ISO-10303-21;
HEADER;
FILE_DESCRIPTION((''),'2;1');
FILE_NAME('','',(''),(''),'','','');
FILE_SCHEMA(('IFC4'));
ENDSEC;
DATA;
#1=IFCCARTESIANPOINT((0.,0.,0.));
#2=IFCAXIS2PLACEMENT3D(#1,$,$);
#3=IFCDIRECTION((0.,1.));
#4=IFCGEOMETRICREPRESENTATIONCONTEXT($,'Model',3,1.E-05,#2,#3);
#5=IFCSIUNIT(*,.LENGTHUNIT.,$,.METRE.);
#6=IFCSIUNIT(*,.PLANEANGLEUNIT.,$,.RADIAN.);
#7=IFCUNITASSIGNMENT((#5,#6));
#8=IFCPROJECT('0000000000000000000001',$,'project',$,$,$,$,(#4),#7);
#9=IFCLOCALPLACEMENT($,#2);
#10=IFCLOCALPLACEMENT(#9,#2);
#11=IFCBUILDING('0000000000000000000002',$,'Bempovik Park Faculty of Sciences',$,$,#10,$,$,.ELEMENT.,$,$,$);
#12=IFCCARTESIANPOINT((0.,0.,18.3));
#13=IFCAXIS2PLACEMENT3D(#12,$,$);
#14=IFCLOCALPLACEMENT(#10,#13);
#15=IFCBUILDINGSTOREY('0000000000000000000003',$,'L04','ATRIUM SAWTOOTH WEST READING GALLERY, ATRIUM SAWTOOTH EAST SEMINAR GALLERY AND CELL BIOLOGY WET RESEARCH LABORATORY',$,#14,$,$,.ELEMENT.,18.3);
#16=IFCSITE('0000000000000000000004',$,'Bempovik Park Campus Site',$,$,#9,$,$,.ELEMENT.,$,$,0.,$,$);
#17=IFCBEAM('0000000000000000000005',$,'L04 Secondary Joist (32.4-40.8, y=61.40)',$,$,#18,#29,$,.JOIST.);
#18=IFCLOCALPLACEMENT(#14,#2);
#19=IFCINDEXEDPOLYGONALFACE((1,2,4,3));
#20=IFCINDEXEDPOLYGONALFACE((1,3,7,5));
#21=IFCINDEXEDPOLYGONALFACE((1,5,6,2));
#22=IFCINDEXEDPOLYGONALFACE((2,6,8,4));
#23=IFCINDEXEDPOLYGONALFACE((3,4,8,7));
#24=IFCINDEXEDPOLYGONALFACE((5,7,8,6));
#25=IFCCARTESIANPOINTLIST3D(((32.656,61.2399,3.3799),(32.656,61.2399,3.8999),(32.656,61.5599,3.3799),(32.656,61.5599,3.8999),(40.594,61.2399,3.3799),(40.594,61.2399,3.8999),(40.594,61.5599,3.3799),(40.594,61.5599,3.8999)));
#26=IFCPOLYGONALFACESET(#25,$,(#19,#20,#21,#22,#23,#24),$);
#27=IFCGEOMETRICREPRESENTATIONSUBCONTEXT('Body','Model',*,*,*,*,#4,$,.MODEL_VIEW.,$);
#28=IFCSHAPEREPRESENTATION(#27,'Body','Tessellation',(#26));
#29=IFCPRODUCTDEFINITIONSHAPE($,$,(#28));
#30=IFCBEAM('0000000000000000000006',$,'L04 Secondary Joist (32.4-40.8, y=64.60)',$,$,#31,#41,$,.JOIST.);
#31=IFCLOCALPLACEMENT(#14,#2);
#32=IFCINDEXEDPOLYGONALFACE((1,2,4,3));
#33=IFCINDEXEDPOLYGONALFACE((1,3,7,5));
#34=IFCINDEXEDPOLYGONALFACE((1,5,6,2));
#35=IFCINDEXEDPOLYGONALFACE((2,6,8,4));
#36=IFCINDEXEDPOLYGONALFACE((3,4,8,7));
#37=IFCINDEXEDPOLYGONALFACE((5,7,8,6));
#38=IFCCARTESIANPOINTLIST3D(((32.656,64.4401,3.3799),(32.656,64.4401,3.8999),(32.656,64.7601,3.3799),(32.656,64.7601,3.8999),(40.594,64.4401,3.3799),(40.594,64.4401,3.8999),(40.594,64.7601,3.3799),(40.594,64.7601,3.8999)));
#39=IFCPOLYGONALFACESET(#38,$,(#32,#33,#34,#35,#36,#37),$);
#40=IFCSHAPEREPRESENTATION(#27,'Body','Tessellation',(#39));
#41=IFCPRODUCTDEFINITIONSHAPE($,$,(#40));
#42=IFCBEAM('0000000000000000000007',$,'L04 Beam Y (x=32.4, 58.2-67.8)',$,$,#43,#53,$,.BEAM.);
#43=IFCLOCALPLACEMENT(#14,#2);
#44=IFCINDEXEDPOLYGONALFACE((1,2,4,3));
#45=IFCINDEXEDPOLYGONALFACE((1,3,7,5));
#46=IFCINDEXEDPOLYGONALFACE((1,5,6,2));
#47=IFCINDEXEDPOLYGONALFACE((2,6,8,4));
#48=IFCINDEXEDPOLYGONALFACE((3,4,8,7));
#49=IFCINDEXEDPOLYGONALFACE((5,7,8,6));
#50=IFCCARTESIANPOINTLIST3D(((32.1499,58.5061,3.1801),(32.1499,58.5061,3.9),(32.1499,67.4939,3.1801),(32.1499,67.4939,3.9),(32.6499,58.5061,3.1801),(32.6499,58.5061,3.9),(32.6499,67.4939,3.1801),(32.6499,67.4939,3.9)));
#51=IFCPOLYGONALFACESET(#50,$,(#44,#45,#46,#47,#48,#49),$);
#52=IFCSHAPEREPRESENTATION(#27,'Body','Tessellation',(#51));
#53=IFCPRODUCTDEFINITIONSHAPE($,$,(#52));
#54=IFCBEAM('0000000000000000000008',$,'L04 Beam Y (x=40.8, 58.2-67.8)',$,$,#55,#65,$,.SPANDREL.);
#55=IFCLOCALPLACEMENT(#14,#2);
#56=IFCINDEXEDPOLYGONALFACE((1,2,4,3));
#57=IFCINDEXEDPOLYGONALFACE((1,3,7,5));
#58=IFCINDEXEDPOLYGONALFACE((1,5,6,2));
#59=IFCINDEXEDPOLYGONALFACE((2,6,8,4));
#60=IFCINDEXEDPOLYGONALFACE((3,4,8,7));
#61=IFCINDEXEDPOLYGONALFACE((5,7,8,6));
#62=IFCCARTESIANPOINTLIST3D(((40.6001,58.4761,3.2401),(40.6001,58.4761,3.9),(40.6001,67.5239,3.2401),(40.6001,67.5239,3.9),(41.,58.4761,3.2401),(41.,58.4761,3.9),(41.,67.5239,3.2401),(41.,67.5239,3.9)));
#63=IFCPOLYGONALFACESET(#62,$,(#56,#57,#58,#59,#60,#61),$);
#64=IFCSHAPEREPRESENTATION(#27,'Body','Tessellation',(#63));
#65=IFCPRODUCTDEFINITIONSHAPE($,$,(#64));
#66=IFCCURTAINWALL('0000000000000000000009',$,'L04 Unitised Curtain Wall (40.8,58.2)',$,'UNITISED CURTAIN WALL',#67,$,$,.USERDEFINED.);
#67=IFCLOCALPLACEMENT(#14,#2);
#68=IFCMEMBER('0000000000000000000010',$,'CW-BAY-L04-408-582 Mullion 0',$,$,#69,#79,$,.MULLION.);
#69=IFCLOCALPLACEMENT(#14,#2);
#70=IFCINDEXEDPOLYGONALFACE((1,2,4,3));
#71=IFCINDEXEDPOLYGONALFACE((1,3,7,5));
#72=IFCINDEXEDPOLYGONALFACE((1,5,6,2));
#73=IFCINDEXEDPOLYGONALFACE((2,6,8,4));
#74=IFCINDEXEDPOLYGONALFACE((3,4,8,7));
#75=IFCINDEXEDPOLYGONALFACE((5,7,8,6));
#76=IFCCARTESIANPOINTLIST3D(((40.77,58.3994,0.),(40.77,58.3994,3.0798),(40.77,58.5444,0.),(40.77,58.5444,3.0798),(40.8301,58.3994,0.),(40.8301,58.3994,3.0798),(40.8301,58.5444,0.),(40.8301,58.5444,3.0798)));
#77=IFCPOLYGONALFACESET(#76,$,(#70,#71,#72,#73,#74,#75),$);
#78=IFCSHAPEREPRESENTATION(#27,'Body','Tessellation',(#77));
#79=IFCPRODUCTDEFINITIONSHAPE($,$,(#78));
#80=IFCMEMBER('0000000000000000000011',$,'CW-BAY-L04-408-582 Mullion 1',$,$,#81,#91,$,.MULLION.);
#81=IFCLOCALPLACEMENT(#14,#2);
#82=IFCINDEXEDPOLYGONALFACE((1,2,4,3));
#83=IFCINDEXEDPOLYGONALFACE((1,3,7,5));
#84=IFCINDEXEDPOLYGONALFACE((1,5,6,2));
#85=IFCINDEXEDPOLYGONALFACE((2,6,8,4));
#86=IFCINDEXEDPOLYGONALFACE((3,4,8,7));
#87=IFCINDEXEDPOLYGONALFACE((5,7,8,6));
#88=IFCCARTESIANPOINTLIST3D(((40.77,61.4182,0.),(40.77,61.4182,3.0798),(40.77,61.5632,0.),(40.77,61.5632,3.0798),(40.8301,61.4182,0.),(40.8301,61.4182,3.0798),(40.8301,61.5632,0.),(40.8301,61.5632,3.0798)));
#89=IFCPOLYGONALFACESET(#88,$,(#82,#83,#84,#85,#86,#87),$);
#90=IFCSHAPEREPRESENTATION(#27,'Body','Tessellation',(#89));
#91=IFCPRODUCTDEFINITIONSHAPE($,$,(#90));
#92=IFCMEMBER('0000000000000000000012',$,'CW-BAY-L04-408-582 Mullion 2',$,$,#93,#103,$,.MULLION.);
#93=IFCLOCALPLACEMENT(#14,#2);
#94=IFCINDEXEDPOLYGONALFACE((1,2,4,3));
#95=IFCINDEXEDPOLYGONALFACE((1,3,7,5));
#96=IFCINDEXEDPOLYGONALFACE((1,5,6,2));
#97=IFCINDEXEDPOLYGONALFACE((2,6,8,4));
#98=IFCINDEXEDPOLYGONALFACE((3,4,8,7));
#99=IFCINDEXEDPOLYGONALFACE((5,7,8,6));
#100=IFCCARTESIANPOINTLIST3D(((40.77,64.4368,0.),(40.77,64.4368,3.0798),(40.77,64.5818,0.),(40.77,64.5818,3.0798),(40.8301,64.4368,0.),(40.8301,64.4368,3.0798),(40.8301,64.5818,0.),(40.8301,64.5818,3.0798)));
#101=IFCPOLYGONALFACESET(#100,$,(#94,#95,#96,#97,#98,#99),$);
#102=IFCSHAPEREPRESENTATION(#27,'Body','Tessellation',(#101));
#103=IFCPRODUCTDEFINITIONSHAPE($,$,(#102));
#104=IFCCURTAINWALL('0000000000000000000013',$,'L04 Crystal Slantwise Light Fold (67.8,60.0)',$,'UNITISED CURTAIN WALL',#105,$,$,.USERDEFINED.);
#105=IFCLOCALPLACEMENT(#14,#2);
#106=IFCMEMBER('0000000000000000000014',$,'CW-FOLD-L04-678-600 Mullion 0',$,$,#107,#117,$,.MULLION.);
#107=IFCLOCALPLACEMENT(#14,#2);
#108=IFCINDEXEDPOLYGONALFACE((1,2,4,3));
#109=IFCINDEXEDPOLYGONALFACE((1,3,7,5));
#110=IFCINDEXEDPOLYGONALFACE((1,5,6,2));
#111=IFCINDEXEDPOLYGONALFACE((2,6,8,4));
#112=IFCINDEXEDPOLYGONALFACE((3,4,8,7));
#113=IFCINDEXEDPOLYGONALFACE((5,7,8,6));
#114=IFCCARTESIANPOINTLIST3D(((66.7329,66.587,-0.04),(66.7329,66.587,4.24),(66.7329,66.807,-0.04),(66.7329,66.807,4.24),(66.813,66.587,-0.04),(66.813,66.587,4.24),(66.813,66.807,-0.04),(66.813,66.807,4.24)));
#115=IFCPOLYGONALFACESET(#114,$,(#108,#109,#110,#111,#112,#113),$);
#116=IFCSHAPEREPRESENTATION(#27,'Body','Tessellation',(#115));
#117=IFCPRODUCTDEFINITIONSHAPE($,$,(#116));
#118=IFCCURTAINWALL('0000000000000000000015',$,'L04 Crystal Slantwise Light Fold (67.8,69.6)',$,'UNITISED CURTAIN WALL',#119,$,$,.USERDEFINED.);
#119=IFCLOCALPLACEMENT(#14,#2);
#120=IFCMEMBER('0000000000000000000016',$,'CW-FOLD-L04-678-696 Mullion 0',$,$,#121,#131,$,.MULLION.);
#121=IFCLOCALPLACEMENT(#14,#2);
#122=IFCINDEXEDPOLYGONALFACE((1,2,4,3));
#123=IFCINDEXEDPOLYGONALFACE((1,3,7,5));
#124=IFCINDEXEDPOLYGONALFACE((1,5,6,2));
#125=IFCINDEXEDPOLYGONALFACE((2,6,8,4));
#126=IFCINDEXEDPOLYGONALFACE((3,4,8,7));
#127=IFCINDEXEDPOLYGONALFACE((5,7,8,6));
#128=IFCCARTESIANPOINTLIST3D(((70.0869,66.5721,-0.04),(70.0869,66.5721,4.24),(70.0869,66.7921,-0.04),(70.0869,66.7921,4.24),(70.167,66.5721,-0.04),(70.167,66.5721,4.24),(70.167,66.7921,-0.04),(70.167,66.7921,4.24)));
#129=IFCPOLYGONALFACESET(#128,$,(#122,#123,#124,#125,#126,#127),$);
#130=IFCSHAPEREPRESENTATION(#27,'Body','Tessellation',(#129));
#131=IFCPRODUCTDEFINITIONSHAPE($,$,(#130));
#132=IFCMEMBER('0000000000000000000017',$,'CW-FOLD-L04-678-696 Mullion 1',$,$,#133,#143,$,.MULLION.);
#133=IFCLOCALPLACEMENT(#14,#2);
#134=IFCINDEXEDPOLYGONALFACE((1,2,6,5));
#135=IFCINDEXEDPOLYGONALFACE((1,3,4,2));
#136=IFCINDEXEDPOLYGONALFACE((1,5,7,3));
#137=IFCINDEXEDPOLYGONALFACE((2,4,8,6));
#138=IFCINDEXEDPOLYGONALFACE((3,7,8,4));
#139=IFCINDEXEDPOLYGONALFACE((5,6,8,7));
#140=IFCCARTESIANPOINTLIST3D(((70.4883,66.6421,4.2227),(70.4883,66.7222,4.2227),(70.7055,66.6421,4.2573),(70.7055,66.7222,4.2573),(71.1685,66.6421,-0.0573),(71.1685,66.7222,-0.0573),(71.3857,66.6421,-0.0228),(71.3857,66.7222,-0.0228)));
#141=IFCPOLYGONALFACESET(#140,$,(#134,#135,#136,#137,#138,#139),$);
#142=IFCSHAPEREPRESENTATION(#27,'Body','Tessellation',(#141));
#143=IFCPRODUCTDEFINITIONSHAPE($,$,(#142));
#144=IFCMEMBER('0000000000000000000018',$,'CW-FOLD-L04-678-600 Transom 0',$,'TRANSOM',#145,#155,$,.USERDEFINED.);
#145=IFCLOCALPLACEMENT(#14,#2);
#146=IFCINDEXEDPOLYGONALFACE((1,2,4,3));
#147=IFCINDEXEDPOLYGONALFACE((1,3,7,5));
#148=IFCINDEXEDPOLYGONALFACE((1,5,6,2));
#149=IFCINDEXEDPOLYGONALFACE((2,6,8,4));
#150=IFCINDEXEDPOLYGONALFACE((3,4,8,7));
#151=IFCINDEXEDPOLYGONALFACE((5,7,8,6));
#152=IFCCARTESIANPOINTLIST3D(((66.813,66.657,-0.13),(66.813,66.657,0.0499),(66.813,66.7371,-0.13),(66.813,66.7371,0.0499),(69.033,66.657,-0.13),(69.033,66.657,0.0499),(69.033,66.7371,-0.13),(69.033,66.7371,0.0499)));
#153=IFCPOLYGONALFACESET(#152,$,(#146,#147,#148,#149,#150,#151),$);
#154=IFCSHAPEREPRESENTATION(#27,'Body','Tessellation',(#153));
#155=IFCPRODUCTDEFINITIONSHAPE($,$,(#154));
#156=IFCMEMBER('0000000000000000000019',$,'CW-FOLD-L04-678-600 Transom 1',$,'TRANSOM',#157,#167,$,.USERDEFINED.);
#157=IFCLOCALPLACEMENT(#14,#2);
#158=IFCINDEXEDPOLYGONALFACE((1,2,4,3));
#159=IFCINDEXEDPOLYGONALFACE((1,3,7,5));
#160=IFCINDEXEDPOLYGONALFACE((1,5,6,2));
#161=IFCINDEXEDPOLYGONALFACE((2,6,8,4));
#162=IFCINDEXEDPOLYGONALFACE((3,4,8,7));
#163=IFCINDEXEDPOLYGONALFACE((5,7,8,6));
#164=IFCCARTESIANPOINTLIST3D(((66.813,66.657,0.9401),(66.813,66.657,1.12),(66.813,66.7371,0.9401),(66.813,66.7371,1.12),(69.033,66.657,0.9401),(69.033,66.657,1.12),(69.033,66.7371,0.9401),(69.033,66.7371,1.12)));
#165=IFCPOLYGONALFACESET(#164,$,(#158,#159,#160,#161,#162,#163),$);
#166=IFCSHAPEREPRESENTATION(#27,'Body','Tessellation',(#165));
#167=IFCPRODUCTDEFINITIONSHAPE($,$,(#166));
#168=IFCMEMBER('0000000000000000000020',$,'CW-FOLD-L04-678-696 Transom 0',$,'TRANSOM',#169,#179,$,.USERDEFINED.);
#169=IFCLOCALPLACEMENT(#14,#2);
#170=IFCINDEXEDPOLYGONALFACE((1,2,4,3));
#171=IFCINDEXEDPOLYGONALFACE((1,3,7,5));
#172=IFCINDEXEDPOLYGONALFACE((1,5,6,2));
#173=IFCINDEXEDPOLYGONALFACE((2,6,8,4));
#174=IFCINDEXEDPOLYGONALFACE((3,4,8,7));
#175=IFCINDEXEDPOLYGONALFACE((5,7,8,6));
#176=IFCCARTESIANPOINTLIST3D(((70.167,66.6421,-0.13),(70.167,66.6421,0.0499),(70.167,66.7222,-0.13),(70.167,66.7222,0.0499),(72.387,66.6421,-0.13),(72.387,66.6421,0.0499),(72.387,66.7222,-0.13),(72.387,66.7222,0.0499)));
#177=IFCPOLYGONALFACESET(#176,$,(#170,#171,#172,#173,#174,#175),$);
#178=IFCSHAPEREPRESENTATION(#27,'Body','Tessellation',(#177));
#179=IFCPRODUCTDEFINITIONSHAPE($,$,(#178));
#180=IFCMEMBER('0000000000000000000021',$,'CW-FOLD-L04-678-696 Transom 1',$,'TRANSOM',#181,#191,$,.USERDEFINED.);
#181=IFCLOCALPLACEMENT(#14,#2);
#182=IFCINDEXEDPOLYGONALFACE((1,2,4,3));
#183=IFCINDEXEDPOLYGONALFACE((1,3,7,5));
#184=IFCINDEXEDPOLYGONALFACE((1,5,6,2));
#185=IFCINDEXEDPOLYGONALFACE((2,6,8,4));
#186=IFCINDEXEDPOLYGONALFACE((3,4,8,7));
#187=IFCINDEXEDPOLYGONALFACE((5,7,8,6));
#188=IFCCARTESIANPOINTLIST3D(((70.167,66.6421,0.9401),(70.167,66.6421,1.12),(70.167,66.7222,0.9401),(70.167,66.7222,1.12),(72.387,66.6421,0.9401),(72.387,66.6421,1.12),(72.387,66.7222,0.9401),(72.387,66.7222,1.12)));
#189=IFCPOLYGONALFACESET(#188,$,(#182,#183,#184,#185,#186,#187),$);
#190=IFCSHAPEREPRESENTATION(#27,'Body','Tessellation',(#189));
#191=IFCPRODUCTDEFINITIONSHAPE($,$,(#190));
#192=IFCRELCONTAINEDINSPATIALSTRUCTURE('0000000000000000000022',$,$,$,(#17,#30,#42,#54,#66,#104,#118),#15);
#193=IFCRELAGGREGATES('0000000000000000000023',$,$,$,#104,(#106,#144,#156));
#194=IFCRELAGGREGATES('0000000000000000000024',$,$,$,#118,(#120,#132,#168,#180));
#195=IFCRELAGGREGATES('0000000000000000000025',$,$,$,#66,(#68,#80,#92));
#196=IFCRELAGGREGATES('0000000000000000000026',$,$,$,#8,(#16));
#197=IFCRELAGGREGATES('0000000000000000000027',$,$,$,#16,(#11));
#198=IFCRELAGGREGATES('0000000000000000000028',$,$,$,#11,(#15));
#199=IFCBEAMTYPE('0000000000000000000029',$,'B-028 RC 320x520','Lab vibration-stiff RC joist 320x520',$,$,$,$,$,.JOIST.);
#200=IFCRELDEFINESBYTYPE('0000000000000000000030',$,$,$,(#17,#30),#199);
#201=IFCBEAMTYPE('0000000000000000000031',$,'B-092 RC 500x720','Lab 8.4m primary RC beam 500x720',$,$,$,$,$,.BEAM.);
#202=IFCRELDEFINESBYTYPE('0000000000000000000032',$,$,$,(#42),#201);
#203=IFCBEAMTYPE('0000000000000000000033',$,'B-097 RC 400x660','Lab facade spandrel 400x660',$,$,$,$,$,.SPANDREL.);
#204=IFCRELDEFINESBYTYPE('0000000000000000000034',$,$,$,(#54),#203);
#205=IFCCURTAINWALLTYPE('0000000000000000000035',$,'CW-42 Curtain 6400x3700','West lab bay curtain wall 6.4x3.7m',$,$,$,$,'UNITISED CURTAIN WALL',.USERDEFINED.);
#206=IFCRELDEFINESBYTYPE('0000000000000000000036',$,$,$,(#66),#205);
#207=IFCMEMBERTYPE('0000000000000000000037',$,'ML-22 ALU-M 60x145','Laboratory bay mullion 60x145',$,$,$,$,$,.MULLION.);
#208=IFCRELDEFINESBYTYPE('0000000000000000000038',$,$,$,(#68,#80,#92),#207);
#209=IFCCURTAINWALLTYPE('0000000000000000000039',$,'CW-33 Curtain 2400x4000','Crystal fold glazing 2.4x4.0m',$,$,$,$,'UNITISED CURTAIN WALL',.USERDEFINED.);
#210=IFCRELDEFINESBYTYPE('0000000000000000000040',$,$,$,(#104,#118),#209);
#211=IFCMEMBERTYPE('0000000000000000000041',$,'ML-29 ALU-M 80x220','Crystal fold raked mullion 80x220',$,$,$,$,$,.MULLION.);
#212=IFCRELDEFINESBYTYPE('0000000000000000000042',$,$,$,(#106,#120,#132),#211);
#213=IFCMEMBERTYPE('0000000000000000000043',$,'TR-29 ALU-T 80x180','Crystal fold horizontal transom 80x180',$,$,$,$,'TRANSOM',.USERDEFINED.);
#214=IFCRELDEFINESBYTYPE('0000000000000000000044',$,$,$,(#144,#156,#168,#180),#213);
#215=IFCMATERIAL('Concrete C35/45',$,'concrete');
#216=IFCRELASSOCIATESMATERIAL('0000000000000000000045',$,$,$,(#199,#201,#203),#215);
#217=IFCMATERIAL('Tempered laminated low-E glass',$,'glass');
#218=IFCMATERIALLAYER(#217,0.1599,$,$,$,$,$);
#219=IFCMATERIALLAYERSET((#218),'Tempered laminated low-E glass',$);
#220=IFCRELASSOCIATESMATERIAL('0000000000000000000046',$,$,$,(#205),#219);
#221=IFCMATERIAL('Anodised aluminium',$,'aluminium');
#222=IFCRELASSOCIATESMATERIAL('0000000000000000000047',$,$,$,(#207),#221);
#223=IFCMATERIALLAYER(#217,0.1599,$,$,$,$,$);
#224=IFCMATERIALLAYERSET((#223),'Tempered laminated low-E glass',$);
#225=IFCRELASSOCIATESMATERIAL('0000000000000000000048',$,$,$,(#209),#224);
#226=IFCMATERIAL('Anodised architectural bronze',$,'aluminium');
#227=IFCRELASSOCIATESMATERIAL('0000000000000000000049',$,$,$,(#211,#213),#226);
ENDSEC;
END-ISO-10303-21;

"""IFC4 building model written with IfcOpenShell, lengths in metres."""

from ifc_helpers import new_model, si_unit, direction, frame, origin, origin_2d, place, context, subcontext, project, spatial, rectangle, extrude, material, layer, layer_set, material_profile, profile_set, type_object, element, aggregate, save


model = new_model("IFC4")

# Units and contexts
model_context = context("Model", 3, precision=1e-05, world=origin(), true_north=direction((0.0, 1.0)))
body_context = subcontext(model_context, "Body", "Model", "MODEL_VIEW")
ifc_project = project(units=[si_unit("LENGTHUNIT", "METRE"), si_unit("PLANEANGLEUNIT", "RADIAN")], contexts=[model_context])

# Site, building, storey
site_placement = place(None, origin())
site = spatial("IfcSite", under=ifc_project, at=site_placement, Name="Bempovik Park Campus Site", CompositionType="ELEMENT", RefElevation=0.0)
building_placement = place(site_placement, origin())
building = spatial("IfcBuilding", under=site, at=building_placement, Name="Bempovik Park Faculty of Sciences", CompositionType="ELEMENT")
storey_placement = place(building_placement, frame((0.0, 0.0, 18.3)))
storey = spatial("IfcBuildingStorey", under=building, at=storey_placement, Name="L04", Description="ATRIUM SAWTOOTH WEST READING GALLERY, ATRIUM SAWTOOTH EAST SEMINAR GALLERY AND CELL BIOLOGY WET RESEARCH LABORATORY", CompositionType="ELEMENT", Elevation=18.3)

# Beams
ifc_material_1 = material(Name="Concrete C35/45", Category="concrete")
ifc_material_profile_1 = material_profile(ifc_material_1, rectangle(XDim=0.3201, YDim=0.52, at=origin_2d()), Name="RC 320x520")
ifc_profile_set_1 = profile_set([ifc_material_profile_1], Name="Concrete C35/45")
beam_type_1 = type_object("IfcBeamType", Name="B-028 RC 320x520", Description="Lab vibration-stiff RC joist 320x520", PredefinedType="JOIST", material=ifc_profile_set_1)
for number, where, z_axis, x_axis, name in (
    (1, (32.656, 61.3999, 3.6399), (1.0, 0.0, 0.0), (0.0, 1.0, 0.0), "L04 Secondary Joist (32.4-40.8, y=61.40)"),
    (2, (32.656, 64.6001, 3.6399), (1.0, 0.0, 0.0), (0.0, 1.0, 0.0), "L04 Secondary Joist (32.4-40.8, y=64.60)"),
):
    element("IfcBeam", number, at=place(storey_placement, frame(where, z_axis=z_axis, x_axis=x_axis)), inside=storey, type_object=beam_type_1, Name=name, PredefinedType="JOIST", context=body_context, shape_type="SweptSolid", body=[
        extrude(rectangle(XDim=0.3201, YDim=0.52, at=origin_2d()), origin(), (0.0, 0.0, 1.0), 7.938),
    ])
ifc_material_profile_2 = material_profile(ifc_material_1, rectangle(XDim=0.5, YDim=0.72, at=origin_2d()), Name="RC 500x720")
ifc_profile_set_2 = profile_set([ifc_material_profile_2], Name="Concrete C35/45")
beam_type_2 = type_object("IfcBeamType", Name="B-092 RC 500x720", Description="Lab 8.4m primary RC beam 500x720", PredefinedType="BEAM", material=ifc_profile_set_2)
beam_1_placement = place(storey_placement, frame((32.3999, 58.5061, 3.54), z_axis=(0.0, 1.0, 0.0), x_axis=(-1.0, 0.0, 0.0)))
element("IfcBeam", 3, at=beam_1_placement, inside=storey, type_object=beam_type_2, Name="L04 Beam Y (x=32.4, 58.2-67.8)", PredefinedType="BEAM", context=body_context, shape_type="SweptSolid", body=[
    extrude(rectangle(XDim=0.5, YDim=0.72, at=origin_2d()), origin(), (0.0, 0.0, 1.0), 8.9878),
])
ifc_material_profile_3 = material_profile(ifc_material_1, rectangle(XDim=0.3999, YDim=0.6599, at=origin_2d()), Name="RC 400x660")
ifc_profile_set_3 = profile_set([ifc_material_profile_3], Name="Concrete C35/45")
beam_type_3 = type_object("IfcBeamType", Name="B-097 RC 400x660", Description="Lab facade spandrel 400x660", PredefinedType="SPANDREL", material=ifc_profile_set_3)
beam_2_placement = place(storey_placement, frame((40.8, 58.4761, 3.5701), z_axis=(0.0, 1.0, 0.0), x_axis=(-1.0, 0.0, 0.0)))
element("IfcBeam", 4, at=beam_2_placement, inside=storey, type_object=beam_type_3, Name="L04 Beam Y (x=40.8, 58.2-67.8)", PredefinedType="SPANDREL", context=body_context, shape_type="SweptSolid", body=[
    extrude(rectangle(XDim=0.3999, YDim=0.6599, at=origin_2d()), origin(), (0.0, 0.0, 1.0), 9.0479),
])

# Curtain wall, members
ifc_material_2 = material(Name="Tempered laminated low-E glass", Category="glass")
ifc_layer_1 = layer(ifc_material_2, 0.1599)
ifc_layer_set_1 = layer_set([ifc_layer_1], Name="Tempered laminated low-E glass")
curtain_wall_type_1 = type_object("IfcCurtainWallType", Name="CW-42 Curtain 6400x3700", Description="West lab bay curtain wall 6.4x3.7m", ElementType="UNITISED CURTAIN WALL", PredefinedType="USERDEFINED", material=ifc_layer_set_1)
curtain_wall_1_placement = place(storey_placement, origin())
curtain_wall_1 = element("IfcCurtainWall", 5, at=curtain_wall_1_placement, inside=storey, type_object=curtain_wall_type_1, Name="L04 Unitised Curtain Wall (40.8,58.2)", ObjectType="UNITISED CURTAIN WALL", PredefinedType="USERDEFINED")
ifc_material_3 = material(Name="Anodised aluminium", Category="aluminium")
ifc_material_profile_4 = material_profile(ifc_material_3, rectangle(XDim=0.0601, YDim=0.145, at=origin_2d()), Name="ALU-M 60x145")
ifc_profile_set_4 = profile_set([ifc_material_profile_4], Name="Anodised aluminium")
member_type_1 = type_object("IfcMemberType", Name="ML-22 ALU-M 60x145", Description="Laboratory bay mullion 60x145", PredefinedType="MULLION", material=ifc_profile_set_4)
member_1_placement = place(storey_placement, frame((40.8, 58.4719, 0.0), z_axis=(0.0, 0.0, 1.0), x_axis=(1.0, 0.0, 0.0)))
member_1 = element("IfcMember", 6, at=member_1_placement, type_object=member_type_1, Name="CW-BAY-L04-408-582 Mullion 0", PredefinedType="MULLION", context=body_context, shape_type="SweptSolid", body=[
    extrude(rectangle(XDim=0.0601, YDim=0.145, at=origin_2d()), origin(), (0.0, 0.0, 1.0), 3.0798),
])
member_2_placement = place(storey_placement, frame((40.8, 61.4907, 0.0), z_axis=(0.0, 0.0, 1.0), x_axis=(1.0, 0.0, 0.0)))
member_2 = element("IfcMember", 7, at=member_2_placement, type_object=member_type_1, Name="CW-BAY-L04-408-582 Mullion 1", PredefinedType="MULLION", context=body_context, shape_type="SweptSolid", body=[
    extrude(rectangle(XDim=0.0601, YDim=0.145, at=origin_2d()), origin(), (0.0, 0.0, 1.0), 3.0798),
])
member_3_placement = place(storey_placement, frame((40.8, 64.5093, 0.0), z_axis=(0.0, 0.0, 1.0), x_axis=(1.0, 0.0, 0.0)))
member_3 = element("IfcMember", 8, at=member_3_placement, type_object=member_type_1, Name="CW-BAY-L04-408-582 Mullion 2", PredefinedType="MULLION", context=body_context, shape_type="SweptSolid", body=[
    extrude(rectangle(XDim=0.0601, YDim=0.145, at=origin_2d()), origin(), (0.0, 0.0, 1.0), 3.0798),
])

# Curtain wall, member
ifc_layer_2 = layer(ifc_material_2, 0.1599)
ifc_layer_set_2 = layer_set([ifc_layer_2], Name="Tempered laminated low-E glass")
curtain_wall_type_2 = type_object("IfcCurtainWallType", Name="CW-33 Curtain 2400x4000", Description="Crystal fold glazing 2.4x4.0m", ElementType="UNITISED CURTAIN WALL", PredefinedType="USERDEFINED", material=ifc_layer_set_2)
curtain_wall_2_placement = place(storey_placement, origin())
curtain_wall_2 = element("IfcCurtainWall", 9, at=curtain_wall_2_placement, inside=storey, type_object=curtain_wall_type_2, Name="L04 Crystal Slantwise Light Fold (67.8,60.0)", ObjectType="UNITISED CURTAIN WALL", PredefinedType="USERDEFINED")
ifc_material_4 = material(Name="Anodised architectural bronze", Category="aluminium")
ifc_material_profile_5 = material_profile(ifc_material_4, rectangle(XDim=0.0801, YDim=0.22, at=origin_2d()), Name="ALU-M 80x220")
ifc_profile_set_5 = profile_set([ifc_material_profile_5], Name="Anodised architectural bronze")
member_type_2 = type_object("IfcMemberType", Name="ML-29 ALU-M 80x220", Description="Crystal fold raked mullion 80x220", PredefinedType="MULLION", material=ifc_profile_set_5)
member_4_placement = place(storey_placement, frame((66.7729, 66.697, -0.04), z_axis=(0.0, 0.0, 1.0), x_axis=(1.0, 0.0, 0.0)))
member_4 = element("IfcMember", 10, at=member_4_placement, type_object=member_type_2, Name="CW-FOLD-L04-678-600 Mullion 0", PredefinedType="MULLION", context=body_context, shape_type="SweptSolid", body=[
    extrude(rectangle(XDim=0.0801, YDim=0.22, at=origin_2d()), origin(), (0.0, 0.0, 1.0), 4.28),
])

# Curtain wall, members
curtain_wall_3_placement = place(storey_placement, origin())
curtain_wall_3 = element("IfcCurtainWall", 11, at=curtain_wall_3_placement, inside=storey, type_object=curtain_wall_type_2, Name="L04 Crystal Slantwise Light Fold (67.8,69.6)", ObjectType="UNITISED CURTAIN WALL", PredefinedType="USERDEFINED")
member_5_placement = place(storey_placement, frame((70.127, 66.6821, -0.04), z_axis=(0.0, 0.0, 1.0), x_axis=(1.0, 0.0, 0.0)))
member_5 = element("IfcMember", 12, at=member_5_placement, type_object=member_type_2, Name="CW-FOLD-L04-678-696 Mullion 0", PredefinedType="MULLION", context=body_context, shape_type="SweptSolid", body=[
    extrude(rectangle(XDim=0.0801, YDim=0.22, at=origin_2d()), origin(), (0.0, 0.0, 1.0), 4.28),
])
member_6_placement = place(storey_placement, frame((71.2771, 66.6821, -0.04), z_axis=(-0.156949, 0.0, 0.987607), x_axis=(0.0, -1.0, 0.0)))
member_6 = element("IfcMember", 13, at=member_6_placement, type_object=member_type_2, Name="CW-FOLD-L04-678-696 Mullion 1", PredefinedType="MULLION", context=body_context, shape_type="SweptSolid", body=[
    extrude(rectangle(XDim=0.0801, YDim=0.22, at=origin_2d()), origin(), (0.0, 0.0, 1.0), 4.3337),
])

# Members
ifc_material_profile_6 = material_profile(ifc_material_4, rectangle(XDim=0.0801, YDim=0.1799, at=origin_2d()), Name="ALU-T 80x180")
ifc_profile_set_6 = profile_set([ifc_material_profile_6], Name="Anodised architectural bronze")
member_type_3 = type_object("IfcMemberType", Name="TR-29 ALU-T 80x180", Description="Crystal fold horizontal transom 80x180", ElementType="TRANSOM", PredefinedType="USERDEFINED", material=ifc_profile_set_6)
member_7_placement = place(storey_placement, frame((66.813, 66.697, -0.04), z_axis=(1.0, 0.0, 0.0), x_axis=(0.0, 1.0, 0.0)))
member_7 = element("IfcMember", 14, at=member_7_placement, type_object=member_type_3, Name="CW-FOLD-L04-678-600 Transom 0", ObjectType="TRANSOM", PredefinedType="USERDEFINED", context=body_context, shape_type="SweptSolid", body=[
    extrude(rectangle(XDim=0.0801, YDim=0.1799, at=origin_2d()), origin(), (0.0, 0.0, 1.0), 2.22),
])
member_8_placement = place(storey_placement, frame((66.813, 66.697, 1.03), z_axis=(1.0, 0.0, 0.0), x_axis=(0.0, 1.0, 0.0)))
member_8 = element("IfcMember", 15, at=member_8_placement, type_object=member_type_3, Name="CW-FOLD-L04-678-600 Transom 1", ObjectType="TRANSOM", PredefinedType="USERDEFINED", context=body_context, shape_type="SweptSolid", body=[
    extrude(rectangle(XDim=0.0801, YDim=0.1799, at=origin_2d()), origin(), (0.0, 0.0, 1.0), 2.22),
])
aggregate(curtain_wall_2, [member_4, member_7, member_8])
member_9_placement = place(storey_placement, frame((70.167, 66.6821, -0.04), z_axis=(1.0, 0.0, 0.0), x_axis=(0.0, 1.0, 0.0)))
member_9 = element("IfcMember", 16, at=member_9_placement, type_object=member_type_3, Name="CW-FOLD-L04-678-696 Transom 0", ObjectType="TRANSOM", PredefinedType="USERDEFINED", context=body_context, shape_type="SweptSolid", body=[
    extrude(rectangle(XDim=0.0801, YDim=0.1799, at=origin_2d()), origin(), (0.0, 0.0, 1.0), 2.22),
])
member_10_placement = place(storey_placement, frame((70.167, 66.6821, 1.03), z_axis=(1.0, 0.0, 0.0), x_axis=(0.0, 1.0, 0.0)))
member_10 = element("IfcMember", 17, at=member_10_placement, type_object=member_type_3, Name="CW-FOLD-L04-678-696 Transom 1", ObjectType="TRANSOM", PredefinedType="USERDEFINED", context=body_context, shape_type="SweptSolid", body=[
    extrude(rectangle(XDim=0.0801, YDim=0.1799, at=origin_2d()), origin(), (0.0, 0.0, 1.0), 2.22),
])

aggregate(curtain_wall_3, [member_5, member_6, member_9, member_10])
aggregate(curtain_wall_1, [member_1, member_2, member_3])

save(model, "model.ifc")
